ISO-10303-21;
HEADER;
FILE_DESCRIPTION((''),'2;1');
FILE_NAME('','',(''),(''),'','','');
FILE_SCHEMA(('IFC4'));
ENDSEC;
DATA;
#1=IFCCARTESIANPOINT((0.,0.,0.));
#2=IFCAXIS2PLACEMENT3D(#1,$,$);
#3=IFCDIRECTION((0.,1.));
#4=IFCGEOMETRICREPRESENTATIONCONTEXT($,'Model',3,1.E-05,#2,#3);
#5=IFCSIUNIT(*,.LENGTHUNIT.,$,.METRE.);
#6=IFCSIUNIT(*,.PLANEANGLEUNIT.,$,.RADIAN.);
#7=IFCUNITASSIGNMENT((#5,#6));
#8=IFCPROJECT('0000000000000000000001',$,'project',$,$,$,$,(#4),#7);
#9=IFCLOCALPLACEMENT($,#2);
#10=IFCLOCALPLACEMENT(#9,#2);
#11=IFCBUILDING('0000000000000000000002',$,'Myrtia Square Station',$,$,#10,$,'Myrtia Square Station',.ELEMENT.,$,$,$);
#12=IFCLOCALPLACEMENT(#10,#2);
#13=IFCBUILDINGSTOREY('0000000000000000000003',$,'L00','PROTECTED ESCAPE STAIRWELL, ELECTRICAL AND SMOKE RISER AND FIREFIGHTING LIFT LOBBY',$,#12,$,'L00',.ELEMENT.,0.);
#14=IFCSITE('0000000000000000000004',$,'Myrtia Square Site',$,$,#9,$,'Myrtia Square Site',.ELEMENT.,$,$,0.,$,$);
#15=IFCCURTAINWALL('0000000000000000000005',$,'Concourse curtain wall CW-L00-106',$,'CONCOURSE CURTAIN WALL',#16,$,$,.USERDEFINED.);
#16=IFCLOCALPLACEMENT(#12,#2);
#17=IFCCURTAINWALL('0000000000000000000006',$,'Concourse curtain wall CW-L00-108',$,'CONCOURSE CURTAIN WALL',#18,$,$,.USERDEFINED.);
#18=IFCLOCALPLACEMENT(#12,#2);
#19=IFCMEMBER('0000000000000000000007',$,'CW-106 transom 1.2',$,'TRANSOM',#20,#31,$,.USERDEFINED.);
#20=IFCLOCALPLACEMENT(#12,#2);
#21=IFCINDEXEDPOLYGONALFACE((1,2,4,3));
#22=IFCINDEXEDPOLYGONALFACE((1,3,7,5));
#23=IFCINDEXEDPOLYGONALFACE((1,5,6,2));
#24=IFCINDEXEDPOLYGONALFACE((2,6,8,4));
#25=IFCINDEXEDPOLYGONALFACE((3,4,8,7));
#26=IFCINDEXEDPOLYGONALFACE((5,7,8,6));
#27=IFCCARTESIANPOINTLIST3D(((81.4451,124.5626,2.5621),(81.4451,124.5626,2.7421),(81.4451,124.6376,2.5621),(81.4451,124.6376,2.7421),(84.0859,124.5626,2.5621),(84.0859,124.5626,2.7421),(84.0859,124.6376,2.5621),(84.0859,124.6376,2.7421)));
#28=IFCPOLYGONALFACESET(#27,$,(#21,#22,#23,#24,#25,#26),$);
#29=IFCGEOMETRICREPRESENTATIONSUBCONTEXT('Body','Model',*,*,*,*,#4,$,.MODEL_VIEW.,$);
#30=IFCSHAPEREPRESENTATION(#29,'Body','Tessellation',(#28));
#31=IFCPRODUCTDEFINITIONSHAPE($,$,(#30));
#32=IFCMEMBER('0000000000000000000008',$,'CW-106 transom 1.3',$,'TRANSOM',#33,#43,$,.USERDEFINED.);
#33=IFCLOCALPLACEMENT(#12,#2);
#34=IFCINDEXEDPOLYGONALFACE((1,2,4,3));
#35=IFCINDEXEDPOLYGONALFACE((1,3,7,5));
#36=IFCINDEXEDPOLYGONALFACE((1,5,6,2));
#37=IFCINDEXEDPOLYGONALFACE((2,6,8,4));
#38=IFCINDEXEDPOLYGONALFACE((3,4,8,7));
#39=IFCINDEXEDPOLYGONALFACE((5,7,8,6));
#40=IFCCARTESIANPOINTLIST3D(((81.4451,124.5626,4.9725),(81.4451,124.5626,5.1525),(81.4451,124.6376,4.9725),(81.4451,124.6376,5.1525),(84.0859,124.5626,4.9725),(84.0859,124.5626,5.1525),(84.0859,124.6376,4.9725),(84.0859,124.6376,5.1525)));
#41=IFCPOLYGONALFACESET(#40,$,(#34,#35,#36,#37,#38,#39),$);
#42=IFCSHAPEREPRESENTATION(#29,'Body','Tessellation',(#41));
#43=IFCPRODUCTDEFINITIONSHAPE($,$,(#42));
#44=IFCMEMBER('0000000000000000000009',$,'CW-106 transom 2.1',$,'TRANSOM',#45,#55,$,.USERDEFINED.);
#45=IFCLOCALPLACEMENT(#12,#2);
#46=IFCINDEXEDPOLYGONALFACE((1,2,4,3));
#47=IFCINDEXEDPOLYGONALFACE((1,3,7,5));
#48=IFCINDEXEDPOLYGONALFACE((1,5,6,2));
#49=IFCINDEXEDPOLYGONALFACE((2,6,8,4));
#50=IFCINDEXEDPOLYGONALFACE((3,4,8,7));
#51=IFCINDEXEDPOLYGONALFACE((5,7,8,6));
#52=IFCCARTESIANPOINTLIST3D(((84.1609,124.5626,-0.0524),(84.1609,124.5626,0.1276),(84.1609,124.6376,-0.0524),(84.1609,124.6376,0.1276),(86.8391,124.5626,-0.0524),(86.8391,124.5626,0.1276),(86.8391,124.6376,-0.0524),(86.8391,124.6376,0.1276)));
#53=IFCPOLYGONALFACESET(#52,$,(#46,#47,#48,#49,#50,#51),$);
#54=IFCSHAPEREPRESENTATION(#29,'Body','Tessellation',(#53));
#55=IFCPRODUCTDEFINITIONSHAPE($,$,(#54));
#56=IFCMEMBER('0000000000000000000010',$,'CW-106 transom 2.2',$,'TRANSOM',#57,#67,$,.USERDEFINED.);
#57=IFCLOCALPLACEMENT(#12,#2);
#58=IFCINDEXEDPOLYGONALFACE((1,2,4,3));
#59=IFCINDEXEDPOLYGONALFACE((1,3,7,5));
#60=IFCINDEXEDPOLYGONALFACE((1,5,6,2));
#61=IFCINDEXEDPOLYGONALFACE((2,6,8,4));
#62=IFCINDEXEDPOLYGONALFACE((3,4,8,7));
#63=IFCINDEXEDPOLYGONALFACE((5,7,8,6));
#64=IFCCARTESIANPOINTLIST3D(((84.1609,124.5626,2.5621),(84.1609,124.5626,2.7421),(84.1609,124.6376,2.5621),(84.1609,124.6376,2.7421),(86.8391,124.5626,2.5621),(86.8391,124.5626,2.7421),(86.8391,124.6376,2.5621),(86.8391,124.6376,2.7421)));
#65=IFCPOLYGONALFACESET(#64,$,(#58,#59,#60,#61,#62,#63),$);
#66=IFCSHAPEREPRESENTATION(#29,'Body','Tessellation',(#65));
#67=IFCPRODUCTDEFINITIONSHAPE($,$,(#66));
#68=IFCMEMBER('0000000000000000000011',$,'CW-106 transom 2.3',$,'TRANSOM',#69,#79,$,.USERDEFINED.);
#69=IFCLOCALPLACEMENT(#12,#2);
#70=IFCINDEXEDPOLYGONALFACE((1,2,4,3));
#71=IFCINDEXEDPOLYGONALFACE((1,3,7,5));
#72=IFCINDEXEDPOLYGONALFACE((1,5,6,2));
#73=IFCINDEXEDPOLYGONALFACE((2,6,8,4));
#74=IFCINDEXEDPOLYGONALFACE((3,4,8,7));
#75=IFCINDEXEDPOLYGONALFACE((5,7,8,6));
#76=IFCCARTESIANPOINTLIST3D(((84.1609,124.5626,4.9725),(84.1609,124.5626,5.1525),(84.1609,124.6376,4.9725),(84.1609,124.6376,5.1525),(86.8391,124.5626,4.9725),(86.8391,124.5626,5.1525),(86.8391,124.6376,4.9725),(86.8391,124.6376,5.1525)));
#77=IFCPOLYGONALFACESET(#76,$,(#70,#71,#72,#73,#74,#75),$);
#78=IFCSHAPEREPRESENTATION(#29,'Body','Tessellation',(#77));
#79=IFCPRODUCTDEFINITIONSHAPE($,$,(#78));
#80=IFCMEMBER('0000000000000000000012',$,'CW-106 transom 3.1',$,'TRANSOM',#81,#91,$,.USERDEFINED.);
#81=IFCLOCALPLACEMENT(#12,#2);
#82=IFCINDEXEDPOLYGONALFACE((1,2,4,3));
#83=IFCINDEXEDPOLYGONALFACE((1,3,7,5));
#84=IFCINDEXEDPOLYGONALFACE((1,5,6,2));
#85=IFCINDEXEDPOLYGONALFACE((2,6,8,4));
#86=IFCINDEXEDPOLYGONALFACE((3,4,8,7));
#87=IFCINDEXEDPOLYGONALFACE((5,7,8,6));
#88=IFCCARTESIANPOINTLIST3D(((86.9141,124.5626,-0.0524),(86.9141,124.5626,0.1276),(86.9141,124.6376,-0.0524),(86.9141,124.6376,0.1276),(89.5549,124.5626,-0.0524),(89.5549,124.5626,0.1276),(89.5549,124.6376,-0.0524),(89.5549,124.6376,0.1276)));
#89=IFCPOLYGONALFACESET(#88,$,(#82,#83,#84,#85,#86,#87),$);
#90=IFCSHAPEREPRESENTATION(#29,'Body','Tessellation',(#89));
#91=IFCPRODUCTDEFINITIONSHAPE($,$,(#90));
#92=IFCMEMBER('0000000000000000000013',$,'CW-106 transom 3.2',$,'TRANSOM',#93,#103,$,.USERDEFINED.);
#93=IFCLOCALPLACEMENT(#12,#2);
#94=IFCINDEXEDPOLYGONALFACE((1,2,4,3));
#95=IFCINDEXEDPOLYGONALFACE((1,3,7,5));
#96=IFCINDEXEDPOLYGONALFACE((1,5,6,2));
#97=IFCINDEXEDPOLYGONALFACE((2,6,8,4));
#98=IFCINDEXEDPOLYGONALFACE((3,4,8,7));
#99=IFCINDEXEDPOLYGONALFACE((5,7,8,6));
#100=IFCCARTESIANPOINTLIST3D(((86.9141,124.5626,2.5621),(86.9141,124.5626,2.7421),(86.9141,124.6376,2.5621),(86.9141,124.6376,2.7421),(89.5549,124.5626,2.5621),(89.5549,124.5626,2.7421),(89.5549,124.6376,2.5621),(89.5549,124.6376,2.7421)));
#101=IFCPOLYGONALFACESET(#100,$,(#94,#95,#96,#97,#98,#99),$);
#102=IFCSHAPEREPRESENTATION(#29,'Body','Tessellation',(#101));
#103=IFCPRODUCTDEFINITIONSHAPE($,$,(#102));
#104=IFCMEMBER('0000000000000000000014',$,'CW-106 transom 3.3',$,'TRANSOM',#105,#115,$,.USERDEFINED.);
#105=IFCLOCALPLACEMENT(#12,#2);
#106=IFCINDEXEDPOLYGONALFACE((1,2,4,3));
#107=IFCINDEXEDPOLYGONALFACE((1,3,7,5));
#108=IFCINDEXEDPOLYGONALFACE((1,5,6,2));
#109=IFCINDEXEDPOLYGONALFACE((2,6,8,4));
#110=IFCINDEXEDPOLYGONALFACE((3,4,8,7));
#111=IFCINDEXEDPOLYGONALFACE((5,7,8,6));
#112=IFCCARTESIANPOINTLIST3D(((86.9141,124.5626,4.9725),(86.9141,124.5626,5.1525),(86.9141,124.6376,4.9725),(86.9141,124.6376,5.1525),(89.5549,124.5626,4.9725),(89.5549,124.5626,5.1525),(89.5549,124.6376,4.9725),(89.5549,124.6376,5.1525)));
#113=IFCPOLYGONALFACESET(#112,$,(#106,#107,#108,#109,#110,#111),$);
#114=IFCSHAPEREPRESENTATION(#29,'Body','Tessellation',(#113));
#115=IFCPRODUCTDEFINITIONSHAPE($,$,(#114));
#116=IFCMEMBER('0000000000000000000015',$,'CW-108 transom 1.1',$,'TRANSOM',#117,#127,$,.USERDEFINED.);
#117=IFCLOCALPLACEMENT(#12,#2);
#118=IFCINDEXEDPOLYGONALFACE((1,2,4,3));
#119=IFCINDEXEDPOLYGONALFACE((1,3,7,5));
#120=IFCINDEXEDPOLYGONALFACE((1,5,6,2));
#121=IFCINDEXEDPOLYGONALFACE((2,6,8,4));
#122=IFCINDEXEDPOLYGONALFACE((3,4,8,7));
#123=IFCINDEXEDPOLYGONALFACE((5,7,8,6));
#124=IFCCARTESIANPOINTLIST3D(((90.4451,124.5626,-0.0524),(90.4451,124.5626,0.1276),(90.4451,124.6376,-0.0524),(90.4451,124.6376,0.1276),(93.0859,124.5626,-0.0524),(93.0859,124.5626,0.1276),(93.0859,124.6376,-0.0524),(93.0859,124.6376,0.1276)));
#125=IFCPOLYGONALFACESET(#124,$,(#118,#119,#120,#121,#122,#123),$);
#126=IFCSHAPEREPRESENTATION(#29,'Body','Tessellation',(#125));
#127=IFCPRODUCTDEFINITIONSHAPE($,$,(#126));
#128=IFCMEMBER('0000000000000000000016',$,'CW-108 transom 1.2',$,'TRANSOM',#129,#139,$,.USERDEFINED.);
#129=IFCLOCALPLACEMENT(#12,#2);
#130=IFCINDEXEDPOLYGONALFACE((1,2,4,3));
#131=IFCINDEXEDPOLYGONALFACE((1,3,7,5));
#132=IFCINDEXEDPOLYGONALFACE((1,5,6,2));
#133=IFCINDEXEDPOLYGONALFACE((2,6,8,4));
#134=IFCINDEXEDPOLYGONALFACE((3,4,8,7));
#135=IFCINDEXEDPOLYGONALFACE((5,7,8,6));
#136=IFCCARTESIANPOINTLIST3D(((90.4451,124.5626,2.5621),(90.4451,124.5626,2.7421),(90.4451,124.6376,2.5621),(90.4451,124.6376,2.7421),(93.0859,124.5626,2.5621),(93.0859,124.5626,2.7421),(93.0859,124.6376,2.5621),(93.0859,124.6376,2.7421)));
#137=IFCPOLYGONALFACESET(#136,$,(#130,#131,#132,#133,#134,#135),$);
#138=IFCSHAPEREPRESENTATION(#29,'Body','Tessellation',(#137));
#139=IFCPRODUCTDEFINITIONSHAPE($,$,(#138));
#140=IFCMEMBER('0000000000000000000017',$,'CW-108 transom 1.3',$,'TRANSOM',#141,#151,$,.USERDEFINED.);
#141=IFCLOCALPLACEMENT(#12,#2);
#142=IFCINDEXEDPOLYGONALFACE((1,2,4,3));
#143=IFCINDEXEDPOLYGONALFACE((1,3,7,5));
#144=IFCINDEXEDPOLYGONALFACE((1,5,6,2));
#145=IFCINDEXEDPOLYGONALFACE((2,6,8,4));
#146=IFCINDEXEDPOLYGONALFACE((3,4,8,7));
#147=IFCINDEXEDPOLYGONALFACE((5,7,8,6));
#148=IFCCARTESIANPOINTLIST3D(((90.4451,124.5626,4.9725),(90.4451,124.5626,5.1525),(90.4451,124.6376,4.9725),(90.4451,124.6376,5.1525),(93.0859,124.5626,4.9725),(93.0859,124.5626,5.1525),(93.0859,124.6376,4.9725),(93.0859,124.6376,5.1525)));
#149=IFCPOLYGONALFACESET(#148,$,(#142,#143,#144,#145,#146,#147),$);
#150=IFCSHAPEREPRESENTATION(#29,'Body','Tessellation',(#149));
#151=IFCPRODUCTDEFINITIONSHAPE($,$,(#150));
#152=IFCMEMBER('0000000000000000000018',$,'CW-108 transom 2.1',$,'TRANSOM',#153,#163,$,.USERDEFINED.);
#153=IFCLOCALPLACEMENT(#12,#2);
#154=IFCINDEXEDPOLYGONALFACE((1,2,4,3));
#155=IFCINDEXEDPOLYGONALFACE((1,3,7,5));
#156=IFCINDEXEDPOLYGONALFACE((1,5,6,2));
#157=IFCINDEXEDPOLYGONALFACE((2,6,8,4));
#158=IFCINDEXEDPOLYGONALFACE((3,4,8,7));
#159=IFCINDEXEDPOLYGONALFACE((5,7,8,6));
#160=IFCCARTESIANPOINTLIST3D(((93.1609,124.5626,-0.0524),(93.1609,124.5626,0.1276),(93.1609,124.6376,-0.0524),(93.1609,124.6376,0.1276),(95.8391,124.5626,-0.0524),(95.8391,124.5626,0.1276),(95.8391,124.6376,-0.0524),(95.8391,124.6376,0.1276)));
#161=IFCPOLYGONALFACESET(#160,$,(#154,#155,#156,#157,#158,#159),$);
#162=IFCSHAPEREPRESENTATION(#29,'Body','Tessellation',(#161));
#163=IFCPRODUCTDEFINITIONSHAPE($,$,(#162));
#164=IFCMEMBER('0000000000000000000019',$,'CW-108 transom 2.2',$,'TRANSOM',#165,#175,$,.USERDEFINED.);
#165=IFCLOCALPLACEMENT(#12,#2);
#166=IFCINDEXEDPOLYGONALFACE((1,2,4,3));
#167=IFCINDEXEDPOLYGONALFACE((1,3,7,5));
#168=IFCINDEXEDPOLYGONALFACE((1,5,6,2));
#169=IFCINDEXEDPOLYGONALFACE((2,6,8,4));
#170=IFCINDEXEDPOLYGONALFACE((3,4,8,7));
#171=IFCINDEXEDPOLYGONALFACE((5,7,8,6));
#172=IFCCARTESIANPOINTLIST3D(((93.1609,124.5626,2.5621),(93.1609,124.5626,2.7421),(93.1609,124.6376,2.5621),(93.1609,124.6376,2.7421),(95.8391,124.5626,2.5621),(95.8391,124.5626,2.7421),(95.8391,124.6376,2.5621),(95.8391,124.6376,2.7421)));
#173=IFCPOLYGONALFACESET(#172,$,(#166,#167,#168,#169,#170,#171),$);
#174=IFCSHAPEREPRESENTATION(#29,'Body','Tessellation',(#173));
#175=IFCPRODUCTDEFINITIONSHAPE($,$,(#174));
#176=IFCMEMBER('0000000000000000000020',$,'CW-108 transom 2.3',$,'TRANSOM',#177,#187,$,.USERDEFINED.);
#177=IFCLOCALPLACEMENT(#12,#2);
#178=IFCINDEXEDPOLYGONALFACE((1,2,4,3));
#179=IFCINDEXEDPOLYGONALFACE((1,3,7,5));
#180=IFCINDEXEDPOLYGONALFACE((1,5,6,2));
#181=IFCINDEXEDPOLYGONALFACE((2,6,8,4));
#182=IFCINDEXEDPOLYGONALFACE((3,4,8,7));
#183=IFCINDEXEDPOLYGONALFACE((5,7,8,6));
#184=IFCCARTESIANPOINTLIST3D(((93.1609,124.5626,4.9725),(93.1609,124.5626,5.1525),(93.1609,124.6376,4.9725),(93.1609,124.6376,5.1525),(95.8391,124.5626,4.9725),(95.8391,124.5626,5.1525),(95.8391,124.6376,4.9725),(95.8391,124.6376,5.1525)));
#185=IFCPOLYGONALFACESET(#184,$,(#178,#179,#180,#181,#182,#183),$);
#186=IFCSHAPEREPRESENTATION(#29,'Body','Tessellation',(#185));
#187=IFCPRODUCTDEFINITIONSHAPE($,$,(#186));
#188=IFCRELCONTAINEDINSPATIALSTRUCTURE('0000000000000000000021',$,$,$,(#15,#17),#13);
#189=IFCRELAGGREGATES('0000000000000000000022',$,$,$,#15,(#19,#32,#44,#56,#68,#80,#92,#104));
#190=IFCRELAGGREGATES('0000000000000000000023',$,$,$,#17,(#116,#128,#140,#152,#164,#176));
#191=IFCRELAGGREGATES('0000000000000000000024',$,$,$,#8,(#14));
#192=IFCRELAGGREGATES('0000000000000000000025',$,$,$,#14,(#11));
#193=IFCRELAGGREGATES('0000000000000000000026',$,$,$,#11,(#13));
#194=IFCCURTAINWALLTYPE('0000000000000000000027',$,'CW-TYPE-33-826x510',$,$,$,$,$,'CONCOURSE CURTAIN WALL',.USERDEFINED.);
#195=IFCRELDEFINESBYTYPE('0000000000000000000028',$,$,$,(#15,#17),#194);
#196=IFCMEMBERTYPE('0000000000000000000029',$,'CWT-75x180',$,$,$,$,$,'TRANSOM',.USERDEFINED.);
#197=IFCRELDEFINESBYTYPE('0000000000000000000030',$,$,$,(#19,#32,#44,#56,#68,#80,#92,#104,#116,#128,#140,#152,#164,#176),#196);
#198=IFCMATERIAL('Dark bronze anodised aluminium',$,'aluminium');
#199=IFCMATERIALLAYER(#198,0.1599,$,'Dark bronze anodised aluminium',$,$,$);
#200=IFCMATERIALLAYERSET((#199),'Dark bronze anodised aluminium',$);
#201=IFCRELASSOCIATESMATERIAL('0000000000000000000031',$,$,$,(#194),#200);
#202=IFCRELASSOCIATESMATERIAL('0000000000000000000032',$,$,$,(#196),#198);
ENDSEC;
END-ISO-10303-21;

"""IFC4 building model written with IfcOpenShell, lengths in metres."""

from ifc_helpers import new_model, si_unit, direction, frame, origin, origin_2d, place, context, subcontext, project, spatial, rectangle, extrude, material, layer, layer_set, material_profile, profile_set, type_object, element, aggregate, save


model = new_model("IFC4")

# Units and contexts
model_context = context("Model", 3, precision=1e-05, world=origin(), true_north=direction((0.0, 1.0)))
body_context = subcontext(model_context, "Body", "Model", "MODEL_VIEW")
ifc_project = project(units=[si_unit("LENGTHUNIT", "METRE"), si_unit("PLANEANGLEUNIT", "RADIAN")], contexts=[model_context])

# Site, building, storey
site_placement = place(None, origin())
site = spatial("IfcSite", under=ifc_project, at=site_placement, Name="Myrtia Square Site", LongName="Myrtia Square Site", CompositionType="ELEMENT", RefElevation=0.0)
building_placement = place(site_placement, origin())
building = spatial("IfcBuilding", under=site, at=building_placement, Name="Myrtia Square Station", LongName="Myrtia Square Station", CompositionType="ELEMENT")
storey_placement = place(building_placement, origin())
storey = spatial("IfcBuildingStorey", under=building, at=storey_placement, Name="L00", Description="PROTECTED ESCAPE STAIRWELL, ELECTRICAL AND SMOKE RISER AND FIREFIGHTING LIFT LOBBY", LongName="L00", CompositionType="ELEMENT", Elevation=0.0)

# Curtain walls
ifc_material_1 = material(Name="Dark bronze anodised aluminium", Category="aluminium")
ifc_layer_1 = layer(ifc_material_1, 0.1599, Name="Dark bronze anodised aluminium")
ifc_layer_set_1 = layer_set([ifc_layer_1], Name="Dark bronze anodised aluminium")
curtain_wall_type = type_object("IfcCurtainWallType", Name="CW-TYPE-33-826x510", ElementType="CONCOURSE CURTAIN WALL", PredefinedType="USERDEFINED", material=ifc_layer_set_1)
curtain_wall_1_placement = place(storey_placement, origin())
curtain_wall_1 = element("IfcCurtainWall", 1, at=curtain_wall_1_placement, inside=storey, type_object=curtain_wall_type, Name="Concourse curtain wall CW-L00-106", ObjectType="CONCOURSE CURTAIN WALL", PredefinedType="USERDEFINED")
curtain_wall_2_placement = place(storey_placement, origin())
curtain_wall_2 = element("IfcCurtainWall", 2, at=curtain_wall_2_placement, inside=storey, type_object=curtain_wall_type, Name="Concourse curtain wall CW-L00-108", ObjectType="CONCOURSE CURTAIN WALL", PredefinedType="USERDEFINED")

# Members
ifc_material_profile_1 = material_profile(ifc_material_1, rectangle(XDim=0.075, YDim=0.1799, at=origin_2d()), Name="ALU-T 75x180")
ifc_profile_set_1 = profile_set([ifc_material_profile_1], Name="Dark bronze anodised aluminium")
member_type_1 = type_object("IfcMemberType", Name="CWT-75x180", ElementType="TRANSOM", PredefinedType="USERDEFINED", material=ifc_profile_set_1)
member_1_placement = place(storey_placement, frame((81.4451, 124.6001, 2.6521), z_axis=(1.0, 0.0, 0.0), x_axis=(0.0, 1.0, 0.0)))
member_1 = element("IfcMember", 3, at=member_1_placement, type_object=member_type_1, Name="CW-106 transom 1.2", ObjectType="TRANSOM", PredefinedType="USERDEFINED", context=body_context, shape_type="SweptSolid", body=[
    extrude(rectangle(XDim=0.075, YDim=0.1799, at=origin_2d()), origin(), (0.0, 0.0, 1.0), 2.6409),
])
member_2_placement = place(storey_placement, frame((81.4451, 124.6001, 5.0625), z_axis=(1.0, 0.0, 0.0), x_axis=(0.0, 1.0, 0.0)))
member_2 = element("IfcMember", 4, at=member_2_placement, type_object=member_type_1, Name="CW-106 transom 1.3", ObjectType="TRANSOM", PredefinedType="USERDEFINED", context=body_context, shape_type="SweptSolid", body=[
    extrude(rectangle(XDim=0.075, YDim=0.1799, at=origin_2d()), origin(), (0.0, 0.0, 1.0), 2.6409),
])
member_3_placement = place(storey_placement, frame((84.1609, 124.6001, 0.0376), z_axis=(1.0, 0.0, 0.0), x_axis=(0.0, 1.0, 0.0)))
member_3 = element("IfcMember", 5, at=member_3_placement, type_object=member_type_1, Name="CW-106 transom 2.1", ObjectType="TRANSOM", PredefinedType="USERDEFINED", context=body_context, shape_type="SweptSolid", body=[
    extrude(rectangle(XDim=0.075, YDim=0.1799, at=origin_2d()), origin(), (0.0, 0.0, 1.0), 2.6782),
])
member_4_placement = place(storey_placement, frame((84.1609, 124.6001, 2.6521), z_axis=(1.0, 0.0, 0.0), x_axis=(0.0, 1.0, 0.0)))
member_4 = element("IfcMember", 6, at=member_4_placement, type_object=member_type_1, Name="CW-106 transom 2.2", ObjectType="TRANSOM", PredefinedType="USERDEFINED", context=body_context, shape_type="SweptSolid", body=[
    extrude(rectangle(XDim=0.075, YDim=0.1799, at=origin_2d()), origin(), (0.0, 0.0, 1.0), 2.6782),
])
member_5_placement = place(storey_placement, frame((84.1609, 124.6001, 5.0625), z_axis=(1.0, 0.0, 0.0), x_axis=(0.0, 1.0, 0.0)))
member_5 = element("IfcMember", 7, at=member_5_placement, type_object=member_type_1, Name="CW-106 transom 2.3", ObjectType="TRANSOM", PredefinedType="USERDEFINED", context=body_context, shape_type="SweptSolid", body=[
    extrude(rectangle(XDim=0.075, YDim=0.1799, at=origin_2d()), origin(), (0.0, 0.0, 1.0), 2.6782),
])
member_6_placement = place(storey_placement, frame((86.9141, 124.6001, 0.0376), z_axis=(1.0, 0.0, 0.0), x_axis=(0.0, 1.0, 0.0)))
member_6 = element("IfcMember", 8, at=member_6_placement, type_object=member_type_1, Name="CW-106 transom 3.1", ObjectType="TRANSOM", PredefinedType="USERDEFINED", context=body_context, shape_type="SweptSolid", body=[
    extrude(rectangle(XDim=0.075, YDim=0.1799, at=origin_2d()), origin(), (0.0, 0.0, 1.0), 2.6409),
])
member_7_placement = place(storey_placement, frame((86.9141, 124.6001, 2.6521), z_axis=(1.0, 0.0, 0.0), x_axis=(0.0, 1.0, 0.0)))
member_7 = element("IfcMember", 9, at=member_7_placement, type_object=member_type_1, Name="CW-106 transom 3.2", ObjectType="TRANSOM", PredefinedType="USERDEFINED", context=body_context, shape_type="SweptSolid", body=[
    extrude(rectangle(XDim=0.075, YDim=0.1799, at=origin_2d()), origin(), (0.0, 0.0, 1.0), 2.6409),
])
member_8_placement = place(storey_placement, frame((86.9141, 124.6001, 5.0625), z_axis=(1.0, 0.0, 0.0), x_axis=(0.0, 1.0, 0.0)))
member_8 = element("IfcMember", 10, at=member_8_placement, type_object=member_type_1, Name="CW-106 transom 3.3", ObjectType="TRANSOM", PredefinedType="USERDEFINED", context=body_context, shape_type="SweptSolid", body=[
    extrude(rectangle(XDim=0.075, YDim=0.1799, at=origin_2d()), origin(), (0.0, 0.0, 1.0), 2.6409),
])
member_9_placement = place(storey_placement, frame((90.4451, 124.6001, 0.0376), z_axis=(1.0, 0.0, 0.0), x_axis=(0.0, 1.0, 0.0)))
member_9 = element("IfcMember", 11, at=member_9_placement, type_object=member_type_1, Name="CW-108 transom 1.1", ObjectType="TRANSOM", PredefinedType="USERDEFINED", context=body_context, shape_type="SweptSolid", body=[
    extrude(rectangle(XDim=0.075, YDim=0.1799, at=origin_2d()), origin(), (0.0, 0.0, 1.0), 2.6409),
])
member_10_placement = place(storey_placement, frame((90.4451, 124.6001, 2.6521), z_axis=(1.0, 0.0, 0.0), x_axis=(0.0, 1.0, 0.0)))
member_10 = element("IfcMember", 12, at=member_10_placement, type_object=member_type_1, Name="CW-108 transom 1.2", ObjectType="TRANSOM", PredefinedType="USERDEFINED", context=body_context, shape_type="SweptSolid", body=[
    extrude(rectangle(XDim=0.075, YDim=0.1799, at=origin_2d()), origin(), (0.0, 0.0, 1.0), 2.6409),
])
member_11_placement = place(storey_placement, frame((90.4451, 124.6001, 5.0625), z_axis=(1.0, 0.0, 0.0), x_axis=(0.0, 1.0, 0.0)))
member_11 = element("IfcMember", 13, at=member_11_placement, type_object=member_type_1, Name="CW-108 transom 1.3", ObjectType="TRANSOM", PredefinedType="USERDEFINED", context=body_context, shape_type="SweptSolid", body=[
    extrude(rectangle(XDim=0.075, YDim=0.1799, at=origin_2d()), origin(), (0.0, 0.0, 1.0), 2.6409),
])
member_12_placement = place(storey_placement, frame((93.1609, 124.6001, 0.0376), z_axis=(1.0, 0.0, 0.0), x_axis=(0.0, 1.0, 0.0)))
member_12 = element("IfcMember", 14, at=member_12_placement, type_object=member_type_1, Name="CW-108 transom 2.1", ObjectType="TRANSOM", PredefinedType="USERDEFINED", context=body_context, shape_type="SweptSolid", body=[
    extrude(rectangle(XDim=0.075, YDim=0.1799, at=origin_2d()), origin(), (0.0, 0.0, 1.0), 2.6782),
])
member_13_placement = place(storey_placement, frame((93.1609, 124.6001, 2.6521), z_axis=(1.0, 0.0, 0.0), x_axis=(0.0, 1.0, 0.0)))
member_13 = element("IfcMember", 15, at=member_13_placement, type_object=member_type_1, Name="CW-108 transom 2.2", ObjectType="TRANSOM", PredefinedType="USERDEFINED", context=body_context, shape_type="SweptSolid", body=[
    extrude(rectangle(XDim=0.075, YDim=0.1799, at=origin_2d()), origin(), (0.0, 0.0, 1.0), 2.6782),
])
member_14_placement = place(storey_placement, frame((93.1609, 124.6001, 5.0625), z_axis=(1.0, 0.0, 0.0), x_axis=(0.0, 1.0, 0.0)))
member_14 = element("IfcMember", 16, at=member_14_placement, type_object=member_type_1, Name="CW-108 transom 2.3", ObjectType="TRANSOM", PredefinedType="USERDEFINED", context=body_context, shape_type="SweptSolid", body=[
    extrude(rectangle(XDim=0.075, YDim=0.1799, at=origin_2d()), origin(), (0.0, 0.0, 1.0), 2.6782),
])

aggregate(curtain_wall_1, [member_1, member_2, member_3, member_4, member_5, member_6, member_7, member_8])
aggregate(curtain_wall_2, [member_9, member_10, member_11, member_12, member_13, member_14])

save(model, "model.ifc")
